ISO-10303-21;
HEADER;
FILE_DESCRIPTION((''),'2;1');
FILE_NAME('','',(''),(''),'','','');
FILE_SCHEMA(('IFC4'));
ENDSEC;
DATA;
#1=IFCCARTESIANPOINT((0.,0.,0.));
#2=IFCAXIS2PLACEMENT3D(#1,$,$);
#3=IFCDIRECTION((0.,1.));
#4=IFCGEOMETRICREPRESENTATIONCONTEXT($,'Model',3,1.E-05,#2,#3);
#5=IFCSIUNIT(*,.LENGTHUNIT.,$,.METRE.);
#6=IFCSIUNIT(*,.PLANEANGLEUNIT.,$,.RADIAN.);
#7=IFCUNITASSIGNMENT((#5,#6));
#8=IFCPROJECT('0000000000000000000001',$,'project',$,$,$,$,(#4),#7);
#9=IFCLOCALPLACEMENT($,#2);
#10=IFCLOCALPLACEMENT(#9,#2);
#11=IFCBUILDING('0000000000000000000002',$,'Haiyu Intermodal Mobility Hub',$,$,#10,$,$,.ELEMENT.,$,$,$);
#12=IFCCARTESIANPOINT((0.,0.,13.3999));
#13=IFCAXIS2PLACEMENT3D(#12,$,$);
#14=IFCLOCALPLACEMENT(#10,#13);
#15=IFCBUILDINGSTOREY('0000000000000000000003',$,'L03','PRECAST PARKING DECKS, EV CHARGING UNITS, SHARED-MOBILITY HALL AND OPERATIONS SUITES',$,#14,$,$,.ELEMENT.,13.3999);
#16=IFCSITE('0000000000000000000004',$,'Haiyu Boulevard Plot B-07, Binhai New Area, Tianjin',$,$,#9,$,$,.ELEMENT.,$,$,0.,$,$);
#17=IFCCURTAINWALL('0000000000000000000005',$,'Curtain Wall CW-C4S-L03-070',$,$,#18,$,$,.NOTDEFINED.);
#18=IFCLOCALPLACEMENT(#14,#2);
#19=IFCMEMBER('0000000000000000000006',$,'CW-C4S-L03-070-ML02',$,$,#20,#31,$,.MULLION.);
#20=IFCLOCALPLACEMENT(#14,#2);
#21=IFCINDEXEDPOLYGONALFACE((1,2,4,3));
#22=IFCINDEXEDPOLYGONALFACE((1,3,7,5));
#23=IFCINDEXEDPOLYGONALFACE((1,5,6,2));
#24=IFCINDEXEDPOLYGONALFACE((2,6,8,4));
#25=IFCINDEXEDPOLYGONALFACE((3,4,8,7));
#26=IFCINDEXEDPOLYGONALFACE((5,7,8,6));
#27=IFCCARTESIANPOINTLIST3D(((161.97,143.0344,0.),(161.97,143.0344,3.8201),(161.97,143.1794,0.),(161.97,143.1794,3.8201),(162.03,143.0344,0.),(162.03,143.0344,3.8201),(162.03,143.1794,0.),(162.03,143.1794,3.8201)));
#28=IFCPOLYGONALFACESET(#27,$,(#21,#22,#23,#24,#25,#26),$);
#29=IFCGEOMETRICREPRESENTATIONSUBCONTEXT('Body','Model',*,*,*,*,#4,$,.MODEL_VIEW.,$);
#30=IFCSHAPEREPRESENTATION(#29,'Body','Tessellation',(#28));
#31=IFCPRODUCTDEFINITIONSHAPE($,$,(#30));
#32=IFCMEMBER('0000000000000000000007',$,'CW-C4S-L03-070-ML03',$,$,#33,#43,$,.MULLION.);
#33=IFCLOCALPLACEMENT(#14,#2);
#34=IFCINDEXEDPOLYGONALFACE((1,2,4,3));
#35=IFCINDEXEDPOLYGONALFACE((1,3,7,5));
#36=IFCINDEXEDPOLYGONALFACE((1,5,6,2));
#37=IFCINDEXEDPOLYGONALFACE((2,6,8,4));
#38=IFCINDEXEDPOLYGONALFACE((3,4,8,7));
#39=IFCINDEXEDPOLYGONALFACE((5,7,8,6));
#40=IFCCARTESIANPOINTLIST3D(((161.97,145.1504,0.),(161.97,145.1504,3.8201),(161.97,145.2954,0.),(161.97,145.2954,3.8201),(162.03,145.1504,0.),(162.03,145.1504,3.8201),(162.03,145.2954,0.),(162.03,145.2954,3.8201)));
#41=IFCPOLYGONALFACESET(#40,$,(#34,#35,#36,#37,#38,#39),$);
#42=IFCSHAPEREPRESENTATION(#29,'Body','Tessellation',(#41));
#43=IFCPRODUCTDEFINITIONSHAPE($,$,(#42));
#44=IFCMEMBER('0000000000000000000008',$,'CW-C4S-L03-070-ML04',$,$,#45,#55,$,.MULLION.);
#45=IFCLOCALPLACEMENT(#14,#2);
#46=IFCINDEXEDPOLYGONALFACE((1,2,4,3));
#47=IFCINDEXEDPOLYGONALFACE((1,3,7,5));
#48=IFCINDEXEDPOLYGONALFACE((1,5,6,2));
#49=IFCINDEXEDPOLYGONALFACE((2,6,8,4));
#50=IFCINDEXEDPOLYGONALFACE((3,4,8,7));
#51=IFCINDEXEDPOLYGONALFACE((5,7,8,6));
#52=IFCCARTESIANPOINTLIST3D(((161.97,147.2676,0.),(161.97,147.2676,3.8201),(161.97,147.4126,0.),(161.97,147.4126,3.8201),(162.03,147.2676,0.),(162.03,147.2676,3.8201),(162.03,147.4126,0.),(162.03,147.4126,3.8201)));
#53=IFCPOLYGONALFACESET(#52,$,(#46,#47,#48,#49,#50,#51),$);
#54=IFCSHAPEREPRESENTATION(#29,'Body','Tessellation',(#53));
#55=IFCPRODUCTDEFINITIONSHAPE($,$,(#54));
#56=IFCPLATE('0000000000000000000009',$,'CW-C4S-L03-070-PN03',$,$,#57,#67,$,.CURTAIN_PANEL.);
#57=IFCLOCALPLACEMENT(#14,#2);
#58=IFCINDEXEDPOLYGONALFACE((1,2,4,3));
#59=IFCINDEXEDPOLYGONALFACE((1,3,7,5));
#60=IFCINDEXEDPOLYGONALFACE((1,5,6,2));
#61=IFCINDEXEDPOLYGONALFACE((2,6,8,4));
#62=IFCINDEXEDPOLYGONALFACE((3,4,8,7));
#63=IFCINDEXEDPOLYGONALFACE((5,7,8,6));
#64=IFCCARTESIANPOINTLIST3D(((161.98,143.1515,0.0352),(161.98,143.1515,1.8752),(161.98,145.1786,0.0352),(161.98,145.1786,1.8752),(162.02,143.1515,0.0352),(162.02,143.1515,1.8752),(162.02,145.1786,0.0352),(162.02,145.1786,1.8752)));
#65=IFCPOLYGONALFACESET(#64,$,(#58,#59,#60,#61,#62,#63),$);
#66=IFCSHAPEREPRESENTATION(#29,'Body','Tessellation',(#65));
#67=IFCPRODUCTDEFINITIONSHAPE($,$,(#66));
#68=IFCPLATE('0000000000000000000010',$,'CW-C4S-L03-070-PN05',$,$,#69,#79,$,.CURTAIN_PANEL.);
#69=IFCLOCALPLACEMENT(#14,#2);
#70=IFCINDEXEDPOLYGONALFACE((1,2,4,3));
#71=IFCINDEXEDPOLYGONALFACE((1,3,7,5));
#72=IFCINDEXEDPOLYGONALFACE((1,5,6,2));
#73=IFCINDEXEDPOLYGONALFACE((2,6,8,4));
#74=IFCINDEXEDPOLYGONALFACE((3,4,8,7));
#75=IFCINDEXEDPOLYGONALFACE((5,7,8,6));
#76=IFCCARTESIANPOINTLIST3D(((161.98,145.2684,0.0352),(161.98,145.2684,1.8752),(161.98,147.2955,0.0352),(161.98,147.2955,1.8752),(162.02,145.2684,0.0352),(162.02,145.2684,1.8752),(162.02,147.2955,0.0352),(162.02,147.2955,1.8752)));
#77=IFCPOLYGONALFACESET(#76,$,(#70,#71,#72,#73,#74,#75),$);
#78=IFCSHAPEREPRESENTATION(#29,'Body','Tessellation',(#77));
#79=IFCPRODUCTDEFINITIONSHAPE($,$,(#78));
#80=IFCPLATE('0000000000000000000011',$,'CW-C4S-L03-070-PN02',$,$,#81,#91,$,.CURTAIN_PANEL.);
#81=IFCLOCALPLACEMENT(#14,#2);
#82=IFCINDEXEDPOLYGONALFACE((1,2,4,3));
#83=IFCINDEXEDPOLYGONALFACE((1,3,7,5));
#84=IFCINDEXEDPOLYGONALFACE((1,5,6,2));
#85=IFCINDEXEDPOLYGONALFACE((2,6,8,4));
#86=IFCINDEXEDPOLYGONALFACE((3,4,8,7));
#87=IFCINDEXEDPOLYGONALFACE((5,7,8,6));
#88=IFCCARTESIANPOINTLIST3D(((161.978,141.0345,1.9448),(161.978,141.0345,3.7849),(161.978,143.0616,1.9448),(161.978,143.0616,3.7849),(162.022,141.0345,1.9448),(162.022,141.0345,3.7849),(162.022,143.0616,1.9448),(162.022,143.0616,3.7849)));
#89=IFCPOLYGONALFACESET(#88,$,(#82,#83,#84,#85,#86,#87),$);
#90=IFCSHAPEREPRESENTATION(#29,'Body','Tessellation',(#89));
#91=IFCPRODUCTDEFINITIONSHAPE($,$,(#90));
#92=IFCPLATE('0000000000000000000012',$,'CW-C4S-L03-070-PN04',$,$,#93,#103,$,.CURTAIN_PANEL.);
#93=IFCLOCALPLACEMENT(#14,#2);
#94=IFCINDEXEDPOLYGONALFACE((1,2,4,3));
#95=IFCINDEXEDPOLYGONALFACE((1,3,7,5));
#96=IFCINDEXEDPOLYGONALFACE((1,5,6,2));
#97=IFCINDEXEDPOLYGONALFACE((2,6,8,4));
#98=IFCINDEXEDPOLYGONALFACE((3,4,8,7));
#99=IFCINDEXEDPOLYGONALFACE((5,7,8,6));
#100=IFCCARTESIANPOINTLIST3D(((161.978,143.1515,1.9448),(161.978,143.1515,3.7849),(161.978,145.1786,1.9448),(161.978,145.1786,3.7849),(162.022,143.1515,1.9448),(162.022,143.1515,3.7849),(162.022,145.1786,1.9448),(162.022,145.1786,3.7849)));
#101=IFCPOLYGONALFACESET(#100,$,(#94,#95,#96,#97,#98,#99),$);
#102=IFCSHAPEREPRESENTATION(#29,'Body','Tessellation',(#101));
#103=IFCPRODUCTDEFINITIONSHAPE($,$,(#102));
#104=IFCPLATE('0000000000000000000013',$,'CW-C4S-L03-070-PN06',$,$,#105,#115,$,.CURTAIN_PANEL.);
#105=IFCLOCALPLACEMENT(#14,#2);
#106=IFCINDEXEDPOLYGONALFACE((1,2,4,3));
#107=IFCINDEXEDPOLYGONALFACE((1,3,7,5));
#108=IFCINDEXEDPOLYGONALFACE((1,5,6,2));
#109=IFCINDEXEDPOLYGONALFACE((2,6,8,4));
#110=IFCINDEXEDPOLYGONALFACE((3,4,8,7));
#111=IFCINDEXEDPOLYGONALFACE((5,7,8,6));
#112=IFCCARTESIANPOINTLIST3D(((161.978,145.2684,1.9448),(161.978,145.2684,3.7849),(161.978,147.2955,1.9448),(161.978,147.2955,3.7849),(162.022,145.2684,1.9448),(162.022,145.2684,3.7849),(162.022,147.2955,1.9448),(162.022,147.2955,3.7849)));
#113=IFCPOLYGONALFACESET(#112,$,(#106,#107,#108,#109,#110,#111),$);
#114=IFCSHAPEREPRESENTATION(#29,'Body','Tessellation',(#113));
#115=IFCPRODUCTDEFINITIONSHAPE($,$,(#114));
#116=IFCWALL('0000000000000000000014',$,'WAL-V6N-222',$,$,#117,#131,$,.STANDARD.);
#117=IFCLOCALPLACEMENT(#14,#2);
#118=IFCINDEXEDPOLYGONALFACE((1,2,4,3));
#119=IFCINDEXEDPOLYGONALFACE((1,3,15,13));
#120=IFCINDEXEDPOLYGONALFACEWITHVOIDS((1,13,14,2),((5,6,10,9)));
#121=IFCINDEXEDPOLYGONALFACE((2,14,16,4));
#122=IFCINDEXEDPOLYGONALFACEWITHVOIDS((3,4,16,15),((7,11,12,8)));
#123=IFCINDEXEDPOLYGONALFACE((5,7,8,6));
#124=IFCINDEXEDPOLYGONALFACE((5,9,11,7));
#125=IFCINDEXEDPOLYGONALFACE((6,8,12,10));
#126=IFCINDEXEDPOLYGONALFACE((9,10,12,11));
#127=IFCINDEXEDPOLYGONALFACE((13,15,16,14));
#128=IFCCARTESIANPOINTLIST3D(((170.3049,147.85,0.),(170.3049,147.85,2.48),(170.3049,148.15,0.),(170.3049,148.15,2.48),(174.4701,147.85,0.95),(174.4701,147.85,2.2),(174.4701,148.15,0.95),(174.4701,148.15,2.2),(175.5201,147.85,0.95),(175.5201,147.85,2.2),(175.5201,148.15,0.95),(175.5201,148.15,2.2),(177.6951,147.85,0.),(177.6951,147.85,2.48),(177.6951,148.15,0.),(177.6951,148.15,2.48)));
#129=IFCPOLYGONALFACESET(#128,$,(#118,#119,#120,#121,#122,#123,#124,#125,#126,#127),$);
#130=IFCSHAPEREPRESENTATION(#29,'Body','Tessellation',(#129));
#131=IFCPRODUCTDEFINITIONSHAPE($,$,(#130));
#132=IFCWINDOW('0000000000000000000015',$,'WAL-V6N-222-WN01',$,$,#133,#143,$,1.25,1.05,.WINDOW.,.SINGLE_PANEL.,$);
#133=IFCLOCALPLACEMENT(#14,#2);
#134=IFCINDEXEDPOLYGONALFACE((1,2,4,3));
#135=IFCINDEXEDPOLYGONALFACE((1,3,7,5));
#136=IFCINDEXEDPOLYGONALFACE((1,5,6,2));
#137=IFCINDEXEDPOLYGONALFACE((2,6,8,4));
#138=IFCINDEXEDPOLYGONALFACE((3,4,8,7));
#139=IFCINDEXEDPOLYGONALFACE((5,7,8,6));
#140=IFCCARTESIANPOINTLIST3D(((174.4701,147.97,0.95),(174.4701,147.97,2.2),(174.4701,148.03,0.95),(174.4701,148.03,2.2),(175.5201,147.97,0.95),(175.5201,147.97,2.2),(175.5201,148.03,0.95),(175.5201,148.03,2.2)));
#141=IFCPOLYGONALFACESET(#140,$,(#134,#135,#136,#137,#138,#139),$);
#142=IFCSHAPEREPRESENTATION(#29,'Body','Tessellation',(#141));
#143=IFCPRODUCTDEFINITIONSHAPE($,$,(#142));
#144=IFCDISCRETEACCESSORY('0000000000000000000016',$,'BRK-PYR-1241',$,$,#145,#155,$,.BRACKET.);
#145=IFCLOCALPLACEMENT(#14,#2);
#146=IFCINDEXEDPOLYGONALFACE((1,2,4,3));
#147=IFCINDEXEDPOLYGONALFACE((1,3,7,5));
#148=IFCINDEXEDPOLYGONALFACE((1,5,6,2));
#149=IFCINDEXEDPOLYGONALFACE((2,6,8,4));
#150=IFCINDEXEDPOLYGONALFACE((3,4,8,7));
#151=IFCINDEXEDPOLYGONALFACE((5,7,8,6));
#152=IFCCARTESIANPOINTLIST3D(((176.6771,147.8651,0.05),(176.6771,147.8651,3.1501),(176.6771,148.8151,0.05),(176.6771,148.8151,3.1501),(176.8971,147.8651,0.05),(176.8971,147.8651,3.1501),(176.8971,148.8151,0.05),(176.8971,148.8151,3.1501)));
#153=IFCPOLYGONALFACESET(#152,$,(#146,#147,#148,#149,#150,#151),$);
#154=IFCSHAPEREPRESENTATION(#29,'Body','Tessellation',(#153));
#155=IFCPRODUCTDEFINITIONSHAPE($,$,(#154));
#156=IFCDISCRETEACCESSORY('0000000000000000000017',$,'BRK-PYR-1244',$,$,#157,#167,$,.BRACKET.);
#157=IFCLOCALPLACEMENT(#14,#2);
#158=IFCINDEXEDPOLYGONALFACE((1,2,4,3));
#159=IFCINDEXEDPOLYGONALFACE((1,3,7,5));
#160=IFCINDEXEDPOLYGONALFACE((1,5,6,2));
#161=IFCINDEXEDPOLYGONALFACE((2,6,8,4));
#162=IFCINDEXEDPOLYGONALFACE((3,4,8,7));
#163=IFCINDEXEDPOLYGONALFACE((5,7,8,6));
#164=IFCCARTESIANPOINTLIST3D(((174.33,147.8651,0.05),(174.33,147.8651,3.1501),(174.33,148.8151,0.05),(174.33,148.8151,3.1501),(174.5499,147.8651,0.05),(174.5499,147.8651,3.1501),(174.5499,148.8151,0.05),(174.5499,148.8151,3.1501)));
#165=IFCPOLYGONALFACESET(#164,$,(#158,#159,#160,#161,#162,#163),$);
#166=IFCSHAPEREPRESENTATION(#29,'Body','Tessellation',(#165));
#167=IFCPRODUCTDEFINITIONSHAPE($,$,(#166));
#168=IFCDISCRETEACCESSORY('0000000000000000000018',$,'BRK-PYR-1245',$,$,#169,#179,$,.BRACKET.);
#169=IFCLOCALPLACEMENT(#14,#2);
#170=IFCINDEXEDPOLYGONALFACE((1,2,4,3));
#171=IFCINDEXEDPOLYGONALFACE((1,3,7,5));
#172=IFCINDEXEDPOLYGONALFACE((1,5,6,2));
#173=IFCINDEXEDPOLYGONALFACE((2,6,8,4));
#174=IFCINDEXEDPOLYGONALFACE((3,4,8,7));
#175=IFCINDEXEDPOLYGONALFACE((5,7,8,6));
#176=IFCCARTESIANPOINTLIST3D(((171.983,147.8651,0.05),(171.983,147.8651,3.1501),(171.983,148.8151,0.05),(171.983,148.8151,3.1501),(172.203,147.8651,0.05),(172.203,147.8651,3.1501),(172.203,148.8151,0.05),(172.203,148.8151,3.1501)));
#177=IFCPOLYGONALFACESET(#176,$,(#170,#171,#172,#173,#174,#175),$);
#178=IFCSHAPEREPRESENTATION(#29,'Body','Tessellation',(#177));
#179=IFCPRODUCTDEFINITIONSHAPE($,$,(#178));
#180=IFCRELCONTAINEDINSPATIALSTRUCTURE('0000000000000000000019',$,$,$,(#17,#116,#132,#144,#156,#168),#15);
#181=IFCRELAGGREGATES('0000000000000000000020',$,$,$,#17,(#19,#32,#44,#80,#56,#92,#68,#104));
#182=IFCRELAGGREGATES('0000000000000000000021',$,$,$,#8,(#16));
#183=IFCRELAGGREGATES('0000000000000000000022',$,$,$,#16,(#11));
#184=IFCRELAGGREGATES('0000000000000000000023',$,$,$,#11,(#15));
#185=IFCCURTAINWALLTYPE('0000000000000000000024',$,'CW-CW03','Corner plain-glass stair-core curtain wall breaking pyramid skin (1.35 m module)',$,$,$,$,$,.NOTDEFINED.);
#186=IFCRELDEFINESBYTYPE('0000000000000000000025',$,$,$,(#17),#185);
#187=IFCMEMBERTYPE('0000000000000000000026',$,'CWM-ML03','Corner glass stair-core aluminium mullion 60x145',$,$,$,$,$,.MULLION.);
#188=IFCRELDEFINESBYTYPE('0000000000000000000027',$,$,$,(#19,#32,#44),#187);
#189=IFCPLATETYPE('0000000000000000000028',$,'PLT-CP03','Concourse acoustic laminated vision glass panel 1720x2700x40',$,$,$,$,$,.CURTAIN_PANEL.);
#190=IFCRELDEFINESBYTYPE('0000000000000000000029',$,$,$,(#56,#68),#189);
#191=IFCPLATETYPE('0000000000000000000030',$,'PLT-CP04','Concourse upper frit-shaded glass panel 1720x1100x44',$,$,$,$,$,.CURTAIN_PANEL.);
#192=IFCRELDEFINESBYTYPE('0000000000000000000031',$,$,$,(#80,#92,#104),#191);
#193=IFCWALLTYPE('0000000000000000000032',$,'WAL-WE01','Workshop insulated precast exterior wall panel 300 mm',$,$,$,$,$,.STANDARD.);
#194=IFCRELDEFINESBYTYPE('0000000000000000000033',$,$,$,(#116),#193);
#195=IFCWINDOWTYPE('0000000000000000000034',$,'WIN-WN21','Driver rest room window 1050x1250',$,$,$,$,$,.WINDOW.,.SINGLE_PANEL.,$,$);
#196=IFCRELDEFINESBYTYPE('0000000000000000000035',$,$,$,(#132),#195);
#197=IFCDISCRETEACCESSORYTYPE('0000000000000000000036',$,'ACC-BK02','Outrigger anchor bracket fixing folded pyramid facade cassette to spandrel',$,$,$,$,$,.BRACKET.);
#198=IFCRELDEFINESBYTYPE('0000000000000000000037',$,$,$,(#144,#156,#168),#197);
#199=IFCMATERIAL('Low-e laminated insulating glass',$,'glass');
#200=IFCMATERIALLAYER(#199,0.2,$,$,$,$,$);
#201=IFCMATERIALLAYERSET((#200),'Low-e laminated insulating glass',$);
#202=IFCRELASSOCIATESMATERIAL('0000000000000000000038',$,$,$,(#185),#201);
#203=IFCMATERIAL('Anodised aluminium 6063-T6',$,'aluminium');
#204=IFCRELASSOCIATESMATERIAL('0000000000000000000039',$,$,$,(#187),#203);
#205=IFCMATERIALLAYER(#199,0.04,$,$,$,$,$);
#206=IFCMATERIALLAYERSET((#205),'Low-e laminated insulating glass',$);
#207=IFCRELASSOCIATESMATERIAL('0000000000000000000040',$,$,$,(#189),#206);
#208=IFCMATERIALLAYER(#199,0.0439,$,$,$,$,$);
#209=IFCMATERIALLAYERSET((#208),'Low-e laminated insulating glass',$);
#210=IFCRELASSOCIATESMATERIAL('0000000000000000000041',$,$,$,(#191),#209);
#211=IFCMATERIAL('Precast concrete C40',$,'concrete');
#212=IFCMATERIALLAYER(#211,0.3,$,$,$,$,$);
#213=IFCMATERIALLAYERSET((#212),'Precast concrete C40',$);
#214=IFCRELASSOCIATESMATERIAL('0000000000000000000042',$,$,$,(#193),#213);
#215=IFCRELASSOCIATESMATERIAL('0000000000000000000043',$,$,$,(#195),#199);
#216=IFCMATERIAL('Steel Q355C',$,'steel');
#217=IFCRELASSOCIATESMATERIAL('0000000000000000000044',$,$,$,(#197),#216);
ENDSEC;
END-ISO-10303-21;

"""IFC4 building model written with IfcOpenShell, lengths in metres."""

from ifc_helpers import new_model, si_unit, direction, frame, frame_2d, origin, origin_2d, place, context, subcontext, project, spatial, rectangle, extrude, material, layer, layer_set, material_profile, profile_set, type_object, element, fill, aggregate, save


model = new_model("IFC4")

# Units and contexts
model_context = context("Model", 3, precision=1e-05, world=origin(), true_north=direction((0.0, 1.0)))
body_context = subcontext(model_context, "Body", "Model", "MODEL_VIEW")
ifc_project = project(units=[si_unit("LENGTHUNIT", "METRE"), si_unit("PLANEANGLEUNIT", "RADIAN")], contexts=[model_context])

# Site, building, storey
site_placement = place(None, origin())
site = spatial("IfcSite", under=ifc_project, at=site_placement, Name="Haiyu Boulevard Plot B-07, Binhai New Area, Tianjin", CompositionType="ELEMENT", RefElevation=0.0)
building_placement = place(site_placement, origin())
building = spatial("IfcBuilding", under=site, at=building_placement, Name="Haiyu Intermodal Mobility Hub", CompositionType="ELEMENT")
storey_placement = place(building_placement, frame((0.0, 0.0, 13.3999)))
storey = spatial("IfcBuildingStorey", under=building, at=storey_placement, Name="L03", Description="PRECAST PARKING DECKS, EV CHARGING UNITS, SHARED-MOBILITY HALL AND OPERATIONS SUITES", CompositionType="ELEMENT", Elevation=13.3999)

# Shared definitions
ifc_material_1 = material(Name="Steel Q355C", Category="steel")

# Curtain wall, members, plates
ifc_material_2 = material(Name="Low-e laminated insulating glass", Category="glass")
ifc_layer_1 = layer(ifc_material_2, 0.2)
ifc_layer_set_1 = layer_set([ifc_layer_1], Name="Low-e laminated insulating glass")
curtain_wall_type = type_object("IfcCurtainWallType", Name="CW-CW03", Description="Corner plain-glass stair-core curtain wall breaking pyramid skin (1.35 m module)", PredefinedType="NOTDEFINED", material=ifc_layer_set_1)
curtain_wall_placement = place(storey_placement, origin())
curtain_wall = element("IfcCurtainWall", 1, at=curtain_wall_placement, inside=storey, type_object=curtain_wall_type, Name="Curtain Wall CW-C4S-L03-070", PredefinedType="NOTDEFINED")
ifc_material_3 = material(Name="Anodised aluminium 6063-T6", Category="aluminium")
ifc_material_profile_1 = material_profile(ifc_material_3, rectangle(XDim=0.0601, YDim=0.145, at=origin_2d()), Name="ALU60x145")
ifc_profile_set_1 = profile_set([ifc_material_profile_1], Name="Anodised aluminium 6063-T6")
member_type = type_object("IfcMemberType", Name="CWM-ML03", Description="Corner glass stair-core aluminium mullion 60x145", PredefinedType="MULLION", material=ifc_profile_set_1)
member_1_placement = place(storey_placement, frame((162.0, 143.1069, 0.0), z_axis=(0.0, 0.0, 1.0), x_axis=(1.0, 0.0, 0.0)))
member_1 = element("IfcMember", 2, at=member_1_placement, type_object=member_type, Name="CW-C4S-L03-070-ML02", PredefinedType="MULLION", context=body_context, shape_type="SweptSolid", body=[
    extrude(rectangle(XDim=0.0601, YDim=0.145, at=origin_2d()), origin(), (0.0, 0.0, 1.0), 3.8201),
])
member_2_placement = place(storey_placement, frame((162.0, 145.2229, 0.0), z_axis=(0.0, 0.0, 1.0), x_axis=(1.0, 0.0, 0.0)))
member_2 = element("IfcMember", 3, at=member_2_placement, type_object=member_type, Name="CW-C4S-L03-070-ML03", PredefinedType="MULLION", context=body_context, shape_type="SweptSolid", body=[
    extrude(rectangle(XDim=0.0601, YDim=0.145, at=origin_2d()), origin(), (0.0, 0.0, 1.0), 3.8201),
])
member_3_placement = place(storey_placement, frame((162.0, 147.3401, 0.0), z_axis=(0.0, 0.0, 1.0), x_axis=(1.0, 0.0, 0.0)))
member_3 = element("IfcMember", 4, at=member_3_placement, type_object=member_type, Name="CW-C4S-L03-070-ML04", PredefinedType="MULLION", context=body_context, shape_type="SweptSolid", body=[
    extrude(rectangle(XDim=0.0601, YDim=0.145, at=origin_2d()), origin(), (0.0, 0.0, 1.0), 3.8201),
])
ifc_layer_2 = layer(ifc_material_2, 0.04)
ifc_layer_set_2 = layer_set([ifc_layer_2], Name="Low-e laminated insulating glass")
plate_type_1 = type_object("IfcPlateType", Name="PLT-CP03", Description="Concourse acoustic laminated vision glass panel 1720x2700x40", PredefinedType="CURTAIN_PANEL", material=ifc_layer_set_2)
plate_1_placement = place(storey_placement, frame((162.0, 144.165, 0.0352), z_axis=(0.0, 0.0, 1.0), x_axis=(0.0, 1.0, 0.0)))
plate_1 = element("IfcPlate", 5, at=plate_1_placement, type_object=plate_type_1, Name="CW-C4S-L03-070-PN03", PredefinedType="CURTAIN_PANEL", context=body_context, shape_type="SweptSolid", body=[
    extrude(rectangle(XDim=2.0271, YDim=0.04, at=origin_2d()), origin(), (0.0, 0.0, 1.0), 1.8401),
])
plate_2_placement = place(storey_placement, frame((162.0, 146.282, 0.0352), z_axis=(0.0, 0.0, 1.0), x_axis=(0.0, 1.0, 0.0)))
plate_2 = element("IfcPlate", 6, at=plate_2_placement, type_object=plate_type_1, Name="CW-C4S-L03-070-PN05", PredefinedType="CURTAIN_PANEL", context=body_context, shape_type="SweptSolid", body=[
    extrude(rectangle(XDim=2.0271, YDim=0.04, at=origin_2d()), origin(), (0.0, 0.0, 1.0), 1.8401),
])
ifc_layer_3 = layer(ifc_material_2, 0.0439)
ifc_layer_set_3 = layer_set([ifc_layer_3], Name="Low-e laminated insulating glass")
plate_type_2 = type_object("IfcPlateType", Name="PLT-CP04", Description="Concourse upper frit-shaded glass panel 1720x1100x44", PredefinedType="CURTAIN_PANEL", material=ifc_layer_set_3)
plate_3_placement = place(storey_placement, frame((162.0, 142.0481, 1.9448), z_axis=(0.0, 0.0, 1.0), x_axis=(0.0, 1.0, 0.0)))
plate_3 = element("IfcPlate", 7, at=plate_3_placement, type_object=plate_type_2, Name="CW-C4S-L03-070-PN02", PredefinedType="CURTAIN_PANEL", context=body_context, shape_type="SweptSolid", body=[
    extrude(rectangle(XDim=2.0271, YDim=0.0439, at=origin_2d()), origin(), (0.0, 0.0, 1.0), 1.8401),
])
plate_4_placement = place(storey_placement, frame((162.0, 144.165, 1.9448), z_axis=(0.0, 0.0, 1.0), x_axis=(0.0, 1.0, 0.0)))
plate_4 = element("IfcPlate", 8, at=plate_4_placement, type_object=plate_type_2, Name="CW-C4S-L03-070-PN04", PredefinedType="CURTAIN_PANEL", context=body_context, shape_type="SweptSolid", body=[
    extrude(rectangle(XDim=2.0271, YDim=0.0439, at=origin_2d()), origin(), (0.0, 0.0, 1.0), 1.8401),
])
plate_5_placement = place(storey_placement, frame((162.0, 146.282, 1.9448), z_axis=(0.0, 0.0, 1.0), x_axis=(0.0, 1.0, 0.0)))
plate_5 = element("IfcPlate", 9, at=plate_5_placement, type_object=plate_type_2, Name="CW-C4S-L03-070-PN06", PredefinedType="CURTAIN_PANEL", context=body_context, shape_type="SweptSolid", body=[
    extrude(rectangle(XDim=2.0271, YDim=0.0439, at=origin_2d()), origin(), (0.0, 0.0, 1.0), 1.8401),
])
aggregate(curtain_wall, [member_1, member_2, member_3, plate_3, plate_1, plate_4, plate_2, plate_5])

# Wall, opening, window
ifc_material_4 = material(Name="Precast concrete C40", Category="concrete")
ifc_layer_4 = layer(ifc_material_4, 0.3)
ifc_layer_set_4 = layer_set([ifc_layer_4], Name="Precast concrete C40")
wall_type = type_object("IfcWallType", Name="WAL-WE01", Description="Workshop insulated precast exterior wall panel 300 mm", PredefinedType="STANDARD", material=ifc_layer_set_4)
wall_placement = place(storey_placement, frame((177.6951, 148.0, 0.0), z_axis=(0.0, 0.0, 1.0), x_axis=(-1.0, 0.0, 0.0)))
wall = element("IfcWall", 10, at=wall_placement, inside=storey, type_object=wall_type, Name="WAL-V6N-222", PredefinedType="STANDARD", context=body_context, shape_type="SweptSolid", body=[
    extrude(rectangle(XDim=7.3901, YDim=0.3, at=frame_2d((3.6951, 0.0))), origin(), (0.0, 0.0, 1.0), 2.48),
])
opening_placement = place(wall_placement, frame((2.175, 0.0, 0.95)))
opening = element("IfcOpeningElement", 11, at=opening_placement, cuts=wall, PredefinedType="OPENING", context=body_context, shape_type="SweptSolid", body=[
    extrude(rectangle(XDim=1.05, YDim=1.25, at=frame_2d((0.5249, 0.625))), frame((0.0, 0.1602, 0.0), z_axis=(0.0, -1.0, 0.0), x_axis=(1.0, 0.0, 0.0)), (0.0, 0.0, 1.0), 0.3201),
])
window_type = type_object("IfcWindowType", Name="WIN-WN21", Description="Driver rest room window 1050x1250", PartitioningType="SINGLE_PANEL", PredefinedType="WINDOW", material=ifc_material_2)
window_placement = place(opening_placement, origin())
window = element("IfcWindow", 12, at=window_placement, inside=storey, type_object=window_type, Name="WAL-V6N-222-WN01", OverallHeight=1.25, OverallWidth=1.05, PartitioningType="SINGLE_PANEL", PredefinedType="WINDOW", context=body_context, shape_type="SweptSolid", body=[
    extrude(rectangle(XDim=1.05, YDim=1.25, at=frame_2d((0.5249, 0.625))), frame((0.0, 0.03, 0.0), z_axis=(0.0, -1.0, 0.0), x_axis=(1.0, 0.0, 0.0)), (0.0, 0.0, 1.0), 0.0601),
])
fill(opening, window)

# Discrete accessories
discrete_accessory_type = type_object("IfcDiscreteAccessoryType", Name="ACC-BK02", Description="Outrigger anchor bracket fixing folded pyramid facade cassette to spandrel", PredefinedType="BRACKET", material=ifc_material_1)
for number, where, z_axis, x_axis, name in (
    (13, (176.7871, 148.3401, 0.05), (0.0, 0.0, 1.0), (1.0, 0.0, 0.0), "BRK-PYR-1241"),
    (14, (174.4399, 148.3401, 0.05), (0.0, 0.0, 1.0), (1.0, 0.0, 0.0), "BRK-PYR-1244"),
    (15, (172.093, 148.3401, 0.05), (0.0, 0.0, 1.0), (1.0, 0.0, 0.0), "BRK-PYR-1245"),
):
    element("IfcDiscreteAccessory", number, at=place(storey_placement, frame(where, z_axis=z_axis, x_axis=x_axis)), inside=storey, type_object=discrete_accessory_type, Name=name, PredefinedType="BRACKET", context=body_context, shape_type="SweptSolid", body=[
        extrude(rectangle(XDim=0.22, YDim=0.95, at=origin_2d()), origin(), (0.0, 0.0, 1.0), 3.1001),
    ])

save(model, "model.ifc")
